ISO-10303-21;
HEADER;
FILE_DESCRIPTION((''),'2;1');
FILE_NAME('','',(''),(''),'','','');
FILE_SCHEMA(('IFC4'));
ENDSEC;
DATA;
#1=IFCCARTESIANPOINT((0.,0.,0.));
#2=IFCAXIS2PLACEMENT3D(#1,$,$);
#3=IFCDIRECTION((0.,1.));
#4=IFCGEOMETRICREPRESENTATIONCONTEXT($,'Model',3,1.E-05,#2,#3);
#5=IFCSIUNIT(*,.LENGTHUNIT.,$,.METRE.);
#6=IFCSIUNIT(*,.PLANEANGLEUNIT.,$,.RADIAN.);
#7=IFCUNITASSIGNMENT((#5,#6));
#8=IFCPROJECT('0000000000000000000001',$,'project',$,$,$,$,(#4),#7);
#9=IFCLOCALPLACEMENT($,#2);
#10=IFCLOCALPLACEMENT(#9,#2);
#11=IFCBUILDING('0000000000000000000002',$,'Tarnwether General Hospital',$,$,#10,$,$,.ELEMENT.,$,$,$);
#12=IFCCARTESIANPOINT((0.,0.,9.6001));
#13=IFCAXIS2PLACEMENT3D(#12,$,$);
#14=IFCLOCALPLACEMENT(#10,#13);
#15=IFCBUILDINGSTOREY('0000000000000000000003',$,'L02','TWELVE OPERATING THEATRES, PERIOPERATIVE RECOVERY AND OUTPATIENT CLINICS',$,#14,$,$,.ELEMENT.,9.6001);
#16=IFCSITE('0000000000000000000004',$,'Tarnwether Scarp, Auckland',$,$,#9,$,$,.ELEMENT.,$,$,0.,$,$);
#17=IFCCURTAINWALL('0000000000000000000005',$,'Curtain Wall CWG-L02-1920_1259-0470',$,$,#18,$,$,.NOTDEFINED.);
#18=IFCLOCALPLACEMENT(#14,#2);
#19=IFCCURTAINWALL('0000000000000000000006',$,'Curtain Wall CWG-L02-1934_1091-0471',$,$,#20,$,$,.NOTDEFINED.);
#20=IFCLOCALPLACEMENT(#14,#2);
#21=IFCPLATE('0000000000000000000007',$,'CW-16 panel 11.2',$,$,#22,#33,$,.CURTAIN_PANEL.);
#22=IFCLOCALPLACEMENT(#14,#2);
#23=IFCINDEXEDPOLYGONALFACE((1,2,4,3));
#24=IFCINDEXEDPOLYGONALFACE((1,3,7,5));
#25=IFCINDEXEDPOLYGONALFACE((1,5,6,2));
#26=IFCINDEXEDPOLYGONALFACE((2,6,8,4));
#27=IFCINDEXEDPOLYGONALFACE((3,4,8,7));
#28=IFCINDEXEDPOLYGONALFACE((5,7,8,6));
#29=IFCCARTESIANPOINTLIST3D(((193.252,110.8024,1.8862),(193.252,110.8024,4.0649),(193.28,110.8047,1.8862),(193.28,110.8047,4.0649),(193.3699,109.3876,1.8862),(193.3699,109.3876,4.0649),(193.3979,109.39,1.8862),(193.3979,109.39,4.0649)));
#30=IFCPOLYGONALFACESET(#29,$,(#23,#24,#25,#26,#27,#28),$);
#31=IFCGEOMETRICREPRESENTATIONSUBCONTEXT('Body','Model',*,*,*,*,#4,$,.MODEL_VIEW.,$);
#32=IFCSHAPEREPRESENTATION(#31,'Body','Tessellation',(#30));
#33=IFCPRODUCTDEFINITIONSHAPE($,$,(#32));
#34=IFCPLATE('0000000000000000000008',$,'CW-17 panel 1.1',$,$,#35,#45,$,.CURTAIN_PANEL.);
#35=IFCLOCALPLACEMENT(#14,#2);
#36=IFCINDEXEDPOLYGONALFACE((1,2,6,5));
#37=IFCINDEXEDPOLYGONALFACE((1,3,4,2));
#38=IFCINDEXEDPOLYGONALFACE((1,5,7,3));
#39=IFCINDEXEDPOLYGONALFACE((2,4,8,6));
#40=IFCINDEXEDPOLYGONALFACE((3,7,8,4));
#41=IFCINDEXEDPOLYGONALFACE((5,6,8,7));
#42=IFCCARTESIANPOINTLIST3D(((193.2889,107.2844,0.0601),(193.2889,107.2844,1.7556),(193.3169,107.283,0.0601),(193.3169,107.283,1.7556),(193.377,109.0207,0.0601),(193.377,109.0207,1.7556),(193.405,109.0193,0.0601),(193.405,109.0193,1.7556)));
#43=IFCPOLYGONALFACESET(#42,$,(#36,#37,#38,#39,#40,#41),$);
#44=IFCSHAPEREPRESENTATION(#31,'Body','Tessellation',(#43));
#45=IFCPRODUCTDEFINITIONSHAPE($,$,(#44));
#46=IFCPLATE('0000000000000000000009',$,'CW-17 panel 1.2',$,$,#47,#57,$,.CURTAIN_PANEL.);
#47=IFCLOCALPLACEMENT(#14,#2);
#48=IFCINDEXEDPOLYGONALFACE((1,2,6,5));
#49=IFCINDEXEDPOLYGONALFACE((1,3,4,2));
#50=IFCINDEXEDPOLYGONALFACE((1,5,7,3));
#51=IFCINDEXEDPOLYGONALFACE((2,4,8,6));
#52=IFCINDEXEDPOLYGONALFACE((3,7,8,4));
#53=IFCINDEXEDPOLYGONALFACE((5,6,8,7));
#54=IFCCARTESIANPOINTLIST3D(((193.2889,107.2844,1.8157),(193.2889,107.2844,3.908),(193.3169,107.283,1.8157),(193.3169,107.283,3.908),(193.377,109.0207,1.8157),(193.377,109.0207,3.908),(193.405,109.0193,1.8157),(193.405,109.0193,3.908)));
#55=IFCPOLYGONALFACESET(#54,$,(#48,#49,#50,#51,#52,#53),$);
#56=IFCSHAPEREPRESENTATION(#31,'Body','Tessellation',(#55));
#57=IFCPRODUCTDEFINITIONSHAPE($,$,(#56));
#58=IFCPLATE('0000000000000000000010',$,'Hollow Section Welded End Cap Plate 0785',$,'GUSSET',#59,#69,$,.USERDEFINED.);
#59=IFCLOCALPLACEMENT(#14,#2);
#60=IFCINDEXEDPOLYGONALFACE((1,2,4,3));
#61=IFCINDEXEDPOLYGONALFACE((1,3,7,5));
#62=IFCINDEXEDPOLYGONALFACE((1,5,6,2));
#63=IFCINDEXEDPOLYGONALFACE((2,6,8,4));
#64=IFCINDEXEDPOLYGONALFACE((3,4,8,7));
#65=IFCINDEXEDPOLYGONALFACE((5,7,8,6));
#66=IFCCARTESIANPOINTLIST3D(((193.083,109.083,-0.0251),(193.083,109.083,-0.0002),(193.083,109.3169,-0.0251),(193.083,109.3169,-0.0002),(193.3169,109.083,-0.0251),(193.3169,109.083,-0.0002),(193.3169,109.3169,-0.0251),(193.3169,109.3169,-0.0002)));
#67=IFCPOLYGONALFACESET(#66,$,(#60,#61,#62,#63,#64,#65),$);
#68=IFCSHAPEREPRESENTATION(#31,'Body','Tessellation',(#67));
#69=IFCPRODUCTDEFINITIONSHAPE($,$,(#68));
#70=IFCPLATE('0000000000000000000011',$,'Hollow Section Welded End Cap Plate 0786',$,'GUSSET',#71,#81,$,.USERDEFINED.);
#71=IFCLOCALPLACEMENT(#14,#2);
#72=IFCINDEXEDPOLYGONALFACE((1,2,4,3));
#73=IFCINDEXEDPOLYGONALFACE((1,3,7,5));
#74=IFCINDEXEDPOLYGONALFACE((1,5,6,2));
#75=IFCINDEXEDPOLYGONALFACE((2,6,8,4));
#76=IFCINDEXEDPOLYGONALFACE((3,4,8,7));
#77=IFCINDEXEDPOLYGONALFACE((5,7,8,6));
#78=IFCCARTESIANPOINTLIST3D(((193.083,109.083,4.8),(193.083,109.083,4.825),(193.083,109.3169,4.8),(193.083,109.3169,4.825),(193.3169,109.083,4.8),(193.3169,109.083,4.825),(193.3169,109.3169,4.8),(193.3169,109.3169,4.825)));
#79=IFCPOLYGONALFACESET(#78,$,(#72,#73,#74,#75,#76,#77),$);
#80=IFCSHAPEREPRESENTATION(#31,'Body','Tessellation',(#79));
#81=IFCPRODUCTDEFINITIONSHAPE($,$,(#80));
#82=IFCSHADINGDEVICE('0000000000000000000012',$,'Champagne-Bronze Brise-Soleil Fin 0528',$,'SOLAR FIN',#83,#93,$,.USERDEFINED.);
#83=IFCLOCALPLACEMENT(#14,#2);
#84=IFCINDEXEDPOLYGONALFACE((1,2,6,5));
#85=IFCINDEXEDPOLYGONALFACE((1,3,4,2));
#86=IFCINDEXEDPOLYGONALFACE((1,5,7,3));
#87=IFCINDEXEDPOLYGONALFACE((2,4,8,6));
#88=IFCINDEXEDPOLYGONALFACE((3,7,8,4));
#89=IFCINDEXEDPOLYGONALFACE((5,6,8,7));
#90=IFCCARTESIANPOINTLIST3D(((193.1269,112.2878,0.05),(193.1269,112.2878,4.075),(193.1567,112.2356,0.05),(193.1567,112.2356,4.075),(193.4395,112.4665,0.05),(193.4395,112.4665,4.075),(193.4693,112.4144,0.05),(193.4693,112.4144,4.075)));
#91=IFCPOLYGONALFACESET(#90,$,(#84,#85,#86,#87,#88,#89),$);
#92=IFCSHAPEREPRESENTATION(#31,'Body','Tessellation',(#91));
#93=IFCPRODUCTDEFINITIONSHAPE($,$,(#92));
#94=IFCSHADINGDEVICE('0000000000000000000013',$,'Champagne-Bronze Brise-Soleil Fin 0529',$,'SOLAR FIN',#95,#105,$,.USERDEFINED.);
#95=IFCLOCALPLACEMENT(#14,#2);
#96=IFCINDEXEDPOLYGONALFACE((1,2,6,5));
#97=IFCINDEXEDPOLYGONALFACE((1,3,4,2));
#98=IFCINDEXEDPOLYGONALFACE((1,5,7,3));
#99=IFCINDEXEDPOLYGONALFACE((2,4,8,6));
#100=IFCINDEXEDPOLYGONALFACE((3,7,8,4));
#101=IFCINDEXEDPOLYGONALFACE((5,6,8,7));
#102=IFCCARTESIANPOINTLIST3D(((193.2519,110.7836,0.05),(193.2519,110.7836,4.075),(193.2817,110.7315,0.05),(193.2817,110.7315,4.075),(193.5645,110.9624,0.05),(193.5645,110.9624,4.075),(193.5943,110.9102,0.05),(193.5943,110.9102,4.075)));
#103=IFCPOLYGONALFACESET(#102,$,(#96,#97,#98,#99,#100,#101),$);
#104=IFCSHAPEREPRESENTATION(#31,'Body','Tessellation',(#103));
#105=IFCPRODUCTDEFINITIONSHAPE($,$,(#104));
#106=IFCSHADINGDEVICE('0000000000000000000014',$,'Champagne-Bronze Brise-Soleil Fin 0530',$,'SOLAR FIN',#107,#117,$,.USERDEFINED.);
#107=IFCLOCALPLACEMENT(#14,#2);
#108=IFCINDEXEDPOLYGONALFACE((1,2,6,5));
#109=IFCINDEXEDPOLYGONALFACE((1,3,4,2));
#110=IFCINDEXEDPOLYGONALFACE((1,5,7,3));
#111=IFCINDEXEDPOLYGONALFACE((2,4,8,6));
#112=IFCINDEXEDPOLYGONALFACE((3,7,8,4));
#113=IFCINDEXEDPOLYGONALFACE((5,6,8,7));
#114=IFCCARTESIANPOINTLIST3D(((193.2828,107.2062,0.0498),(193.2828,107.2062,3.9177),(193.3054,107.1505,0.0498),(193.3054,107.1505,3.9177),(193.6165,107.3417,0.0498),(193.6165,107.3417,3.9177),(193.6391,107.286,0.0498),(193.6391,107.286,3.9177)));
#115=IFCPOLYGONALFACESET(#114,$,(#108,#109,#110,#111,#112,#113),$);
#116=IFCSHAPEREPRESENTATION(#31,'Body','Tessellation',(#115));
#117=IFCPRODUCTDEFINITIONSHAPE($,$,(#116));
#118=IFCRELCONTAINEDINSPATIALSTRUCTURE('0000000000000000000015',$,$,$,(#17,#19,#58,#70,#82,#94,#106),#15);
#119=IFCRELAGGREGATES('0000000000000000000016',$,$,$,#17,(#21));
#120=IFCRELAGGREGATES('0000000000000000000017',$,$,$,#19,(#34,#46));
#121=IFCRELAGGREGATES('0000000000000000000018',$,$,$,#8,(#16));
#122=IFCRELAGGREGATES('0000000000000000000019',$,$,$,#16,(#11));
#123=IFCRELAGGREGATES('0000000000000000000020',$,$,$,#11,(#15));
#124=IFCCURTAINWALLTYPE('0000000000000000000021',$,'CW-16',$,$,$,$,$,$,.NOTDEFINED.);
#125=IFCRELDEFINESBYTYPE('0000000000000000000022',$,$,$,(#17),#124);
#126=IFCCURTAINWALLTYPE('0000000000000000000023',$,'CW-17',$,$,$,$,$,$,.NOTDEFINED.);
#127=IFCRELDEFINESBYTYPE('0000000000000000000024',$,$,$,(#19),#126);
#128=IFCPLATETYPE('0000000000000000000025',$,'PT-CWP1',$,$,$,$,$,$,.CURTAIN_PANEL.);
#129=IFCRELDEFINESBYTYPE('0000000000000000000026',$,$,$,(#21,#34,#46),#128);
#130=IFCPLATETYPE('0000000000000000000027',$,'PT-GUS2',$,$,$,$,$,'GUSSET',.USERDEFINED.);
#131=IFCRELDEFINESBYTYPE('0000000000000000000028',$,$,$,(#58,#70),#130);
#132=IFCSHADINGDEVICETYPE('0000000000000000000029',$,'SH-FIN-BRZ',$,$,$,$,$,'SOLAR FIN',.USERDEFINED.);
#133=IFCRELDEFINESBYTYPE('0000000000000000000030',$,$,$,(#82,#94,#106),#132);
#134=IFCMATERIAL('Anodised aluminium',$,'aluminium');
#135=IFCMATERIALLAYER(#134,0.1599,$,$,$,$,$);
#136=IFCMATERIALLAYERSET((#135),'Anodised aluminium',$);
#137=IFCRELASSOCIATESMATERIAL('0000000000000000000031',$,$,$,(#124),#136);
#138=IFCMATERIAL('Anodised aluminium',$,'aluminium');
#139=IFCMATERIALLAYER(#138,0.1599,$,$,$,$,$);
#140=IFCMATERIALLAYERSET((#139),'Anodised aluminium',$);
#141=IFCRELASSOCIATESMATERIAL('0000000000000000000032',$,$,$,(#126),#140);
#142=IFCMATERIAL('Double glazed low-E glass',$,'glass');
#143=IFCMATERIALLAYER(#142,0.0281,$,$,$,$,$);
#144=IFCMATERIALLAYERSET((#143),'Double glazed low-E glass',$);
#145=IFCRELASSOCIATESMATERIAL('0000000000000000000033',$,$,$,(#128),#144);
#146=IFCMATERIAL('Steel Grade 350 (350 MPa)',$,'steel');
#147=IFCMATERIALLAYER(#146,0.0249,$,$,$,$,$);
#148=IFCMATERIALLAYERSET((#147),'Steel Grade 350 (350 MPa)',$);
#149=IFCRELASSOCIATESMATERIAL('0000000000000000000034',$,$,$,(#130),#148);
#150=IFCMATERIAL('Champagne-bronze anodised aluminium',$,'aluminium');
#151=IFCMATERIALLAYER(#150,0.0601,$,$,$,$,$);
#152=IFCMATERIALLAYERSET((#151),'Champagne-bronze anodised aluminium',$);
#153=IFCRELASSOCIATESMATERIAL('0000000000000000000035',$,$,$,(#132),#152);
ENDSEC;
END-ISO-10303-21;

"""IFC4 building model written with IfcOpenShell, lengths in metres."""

from ifc_helpers import new_model, si_unit, direction, frame, origin, origin_2d, place, context, subcontext, project, spatial, rectangle, extrude, material, layer, layer_set, type_object, element, aggregate, save


model = new_model("IFC4")

# Units and contexts
model_context = context("Model", 3, precision=1e-05, world=origin(), true_north=direction((0.0, 1.0)))
body_context = subcontext(model_context, "Body", "Model", "MODEL_VIEW")
ifc_project = project(units=[si_unit("LENGTHUNIT", "METRE"), si_unit("PLANEANGLEUNIT", "RADIAN")], contexts=[model_context])

# Site, building, storey
site_placement = place(None, origin())
site = spatial("IfcSite", under=ifc_project, at=site_placement, Name="Tarnwether Scarp, Auckland", CompositionType="ELEMENT", RefElevation=0.0)
building_placement = place(site_placement, origin())
building = spatial("IfcBuilding", under=site, at=building_placement, Name="Tarnwether General Hospital", CompositionType="ELEMENT")
storey_placement = place(building_placement, frame((0.0, 0.0, 9.6001)))
storey = spatial("IfcBuildingStorey", under=building, at=storey_placement, Name="L02", Description="TWELVE OPERATING THEATRES, PERIOPERATIVE RECOVERY AND OUTPATIENT CLINICS", CompositionType="ELEMENT", Elevation=9.6001)

# Curtain walls
ifc_material_1 = material(Name="Anodised aluminium", Category="aluminium")
ifc_layer_1 = layer(ifc_material_1, 0.1599)
ifc_layer_set_1 = layer_set([ifc_layer_1], Name="Anodised aluminium")
curtain_wall_type_1 = type_object("IfcCurtainWallType", Name="CW-16", PredefinedType="NOTDEFINED", material=ifc_layer_set_1)
curtain_wall_1_placement = place(storey_placement, origin())
curtain_wall_1 = element("IfcCurtainWall", 1, at=curtain_wall_1_placement, inside=storey, type_object=curtain_wall_type_1, Name="Curtain Wall CWG-L02-1920_1259-0470", PredefinedType="NOTDEFINED")
ifc_material_2 = material(Name="Anodised aluminium", Category="aluminium")
ifc_layer_2 = layer(ifc_material_2, 0.1599)
ifc_layer_set_2 = layer_set([ifc_layer_2], Name="Anodised aluminium")
curtain_wall_type_2 = type_object("IfcCurtainWallType", Name="CW-17", PredefinedType="NOTDEFINED", material=ifc_layer_set_2)
curtain_wall_2_placement = place(storey_placement, origin())
curtain_wall_2 = element("IfcCurtainWall", 2, at=curtain_wall_2_placement, inside=storey, type_object=curtain_wall_type_2, Name="Curtain Wall CWG-L02-1934_1091-0471", PredefinedType="NOTDEFINED")

# Plates
ifc_material_3 = material(Name="Double glazed low-E glass", Category="glass")
ifc_layer_3 = layer(ifc_material_3, 0.0281)
ifc_layer_set_3 = layer_set([ifc_layer_3], Name="Double glazed low-E glass")
plate_type_1 = type_object("IfcPlateType", Name="PT-CWP1", PredefinedType="CURTAIN_PANEL", material=ifc_layer_set_3)
plate_1_placement = place(storey_placement, frame((193.325, 110.0962, 1.8862), z_axis=(0.0, 0.0, 1.0), x_axis=(0.083036, -0.996547, 0.0)))
plate_1 = element("IfcPlate", 3, at=plate_1_placement, type_object=plate_type_1, Name="CW-16 panel 11.2", PredefinedType="CURTAIN_PANEL", context=body_context, shape_type="SweptSolid", body=[
    extrude(rectangle(XDim=1.4197, YDim=0.0281, at=origin_2d()), origin(), (0.0, 0.0, 1.0), 2.1787),
])
aggregate(curtain_wall_1, [plate_1])
plate_2_placement = place(storey_placement, frame((193.3469, 108.1519, 0.0601), z_axis=(0.0, 0.0, 1.0), x_axis=(-0.050678, -0.998715, 0.0)))
plate_2 = element("IfcPlate", 4, at=plate_2_placement, type_object=plate_type_1, Name="CW-17 panel 1.1", PredefinedType="CURTAIN_PANEL", context=body_context, shape_type="SweptSolid", body=[
    extrude(rectangle(XDim=1.7385, YDim=0.0281, at=origin_2d()), origin(), (0.0, 0.0, 1.0), 1.6956),
])
plate_3_placement = place(storey_placement, frame((193.3469, 108.1519, 1.8157), z_axis=(0.0, 0.0, 1.0), x_axis=(-0.050678, -0.998715, 0.0)))
plate_3 = element("IfcPlate", 5, at=plate_3_placement, type_object=plate_type_1, Name="CW-17 panel 1.2", PredefinedType="CURTAIN_PANEL", context=body_context, shape_type="SweptSolid", body=[
    extrude(rectangle(XDim=1.7385, YDim=0.0281, at=origin_2d()), origin(), (0.0, 0.0, 1.0), 2.0923),
])
aggregate(curtain_wall_2, [plate_2, plate_3])

# Plates
ifc_material_4 = material(Name="Steel Grade 350 (350 MPa)", Category="steel")
ifc_layer_4 = layer(ifc_material_4, 0.0249)
ifc_layer_set_4 = layer_set([ifc_layer_4], Name="Steel Grade 350 (350 MPa)")
plate_type_2 = type_object("IfcPlateType", Name="PT-GUS2", ElementType="GUSSET", PredefinedType="USERDEFINED", material=ifc_layer_set_4)
for number, where, z_axis, x_axis, name in (
    (6, (193.2, 109.2, -0.0251), (0.0, 0.0, 1.0), (1.0, 0.0, 0.0), "Hollow Section Welded End Cap Plate 0785"),
    (7, (193.2, 109.2, 4.8), (0.0, 0.0, 1.0), (1.0, 0.0, 0.0), "Hollow Section Welded End Cap Plate 0786"),
):
    element("IfcPlate", number, at=place(storey_placement, frame(where, z_axis=z_axis, x_axis=x_axis)), inside=storey, type_object=plate_type_2, Name=name, ObjectType="GUSSET", PredefinedType="USERDEFINED", context=body_context, shape_type="SweptSolid", body=[
        extrude(rectangle(XDim=0.2339, YDim=0.2339, at=origin_2d()), origin(), (0.0, 0.0, 1.0), 0.0249),
    ])

# Shading devices
ifc_material_5 = material(Name="Champagne-bronze anodised aluminium", Category="aluminium")
ifc_layer_5 = layer(ifc_material_5, 0.0601)
ifc_layer_set_5 = layer_set([ifc_layer_5], Name="Champagne-bronze anodised aluminium")
shading_device_type = type_object("IfcShadingDeviceType", Name="SH-FIN-BRZ", ElementType="SOLAR FIN", PredefinedType="USERDEFINED", material=ifc_layer_set_5)
for number, where, z_axis, x_axis, name in (
    (8, (193.2981, 112.3511, 0.05), (0.0, 0.0, 1.0), (0.496368, -0.868112, 0.0), "Champagne-Bronze Brise-Soleil Fin 0528"),
    (9, (193.4231, 110.8469, 0.05), (0.0, 0.0, 1.0), (0.496368, -0.868112, 0.0), "Champagne-Bronze Brise-Soleil Fin 0529"),
):
    element("IfcShadingDevice", number, at=place(storey_placement, frame(where, z_axis=z_axis, x_axis=x_axis)), inside=storey, type_object=shading_device_type, Name=name, ObjectType="SOLAR FIN", PredefinedType="USERDEFINED", context=body_context, shape_type="SweptSolid", body=[
        extrude(rectangle(XDim=0.0601, YDim=0.3601, at=origin_2d()), origin(), (0.0, 0.0, 1.0), 4.0249),
    ])
shading_device_placement = place(storey_placement, frame((193.4609, 107.2461, 0.0498), z_axis=(0.0, 0.0, 1.0), x_axis=(0.376224, -0.926529, 0.0)))
element("IfcShadingDevice", 10, at=shading_device_placement, inside=storey, type_object=shading_device_type, Name="Champagne-Bronze Brise-Soleil Fin 0530", ObjectType="SOLAR FIN", PredefinedType="USERDEFINED", context=body_context, shape_type="SweptSolid", body=[
    extrude(rectangle(XDim=0.0601, YDim=0.3601, at=origin_2d()), origin(), (0.0, 0.0, 1.0), 3.8679),
])

save(model, "model.ifc")
